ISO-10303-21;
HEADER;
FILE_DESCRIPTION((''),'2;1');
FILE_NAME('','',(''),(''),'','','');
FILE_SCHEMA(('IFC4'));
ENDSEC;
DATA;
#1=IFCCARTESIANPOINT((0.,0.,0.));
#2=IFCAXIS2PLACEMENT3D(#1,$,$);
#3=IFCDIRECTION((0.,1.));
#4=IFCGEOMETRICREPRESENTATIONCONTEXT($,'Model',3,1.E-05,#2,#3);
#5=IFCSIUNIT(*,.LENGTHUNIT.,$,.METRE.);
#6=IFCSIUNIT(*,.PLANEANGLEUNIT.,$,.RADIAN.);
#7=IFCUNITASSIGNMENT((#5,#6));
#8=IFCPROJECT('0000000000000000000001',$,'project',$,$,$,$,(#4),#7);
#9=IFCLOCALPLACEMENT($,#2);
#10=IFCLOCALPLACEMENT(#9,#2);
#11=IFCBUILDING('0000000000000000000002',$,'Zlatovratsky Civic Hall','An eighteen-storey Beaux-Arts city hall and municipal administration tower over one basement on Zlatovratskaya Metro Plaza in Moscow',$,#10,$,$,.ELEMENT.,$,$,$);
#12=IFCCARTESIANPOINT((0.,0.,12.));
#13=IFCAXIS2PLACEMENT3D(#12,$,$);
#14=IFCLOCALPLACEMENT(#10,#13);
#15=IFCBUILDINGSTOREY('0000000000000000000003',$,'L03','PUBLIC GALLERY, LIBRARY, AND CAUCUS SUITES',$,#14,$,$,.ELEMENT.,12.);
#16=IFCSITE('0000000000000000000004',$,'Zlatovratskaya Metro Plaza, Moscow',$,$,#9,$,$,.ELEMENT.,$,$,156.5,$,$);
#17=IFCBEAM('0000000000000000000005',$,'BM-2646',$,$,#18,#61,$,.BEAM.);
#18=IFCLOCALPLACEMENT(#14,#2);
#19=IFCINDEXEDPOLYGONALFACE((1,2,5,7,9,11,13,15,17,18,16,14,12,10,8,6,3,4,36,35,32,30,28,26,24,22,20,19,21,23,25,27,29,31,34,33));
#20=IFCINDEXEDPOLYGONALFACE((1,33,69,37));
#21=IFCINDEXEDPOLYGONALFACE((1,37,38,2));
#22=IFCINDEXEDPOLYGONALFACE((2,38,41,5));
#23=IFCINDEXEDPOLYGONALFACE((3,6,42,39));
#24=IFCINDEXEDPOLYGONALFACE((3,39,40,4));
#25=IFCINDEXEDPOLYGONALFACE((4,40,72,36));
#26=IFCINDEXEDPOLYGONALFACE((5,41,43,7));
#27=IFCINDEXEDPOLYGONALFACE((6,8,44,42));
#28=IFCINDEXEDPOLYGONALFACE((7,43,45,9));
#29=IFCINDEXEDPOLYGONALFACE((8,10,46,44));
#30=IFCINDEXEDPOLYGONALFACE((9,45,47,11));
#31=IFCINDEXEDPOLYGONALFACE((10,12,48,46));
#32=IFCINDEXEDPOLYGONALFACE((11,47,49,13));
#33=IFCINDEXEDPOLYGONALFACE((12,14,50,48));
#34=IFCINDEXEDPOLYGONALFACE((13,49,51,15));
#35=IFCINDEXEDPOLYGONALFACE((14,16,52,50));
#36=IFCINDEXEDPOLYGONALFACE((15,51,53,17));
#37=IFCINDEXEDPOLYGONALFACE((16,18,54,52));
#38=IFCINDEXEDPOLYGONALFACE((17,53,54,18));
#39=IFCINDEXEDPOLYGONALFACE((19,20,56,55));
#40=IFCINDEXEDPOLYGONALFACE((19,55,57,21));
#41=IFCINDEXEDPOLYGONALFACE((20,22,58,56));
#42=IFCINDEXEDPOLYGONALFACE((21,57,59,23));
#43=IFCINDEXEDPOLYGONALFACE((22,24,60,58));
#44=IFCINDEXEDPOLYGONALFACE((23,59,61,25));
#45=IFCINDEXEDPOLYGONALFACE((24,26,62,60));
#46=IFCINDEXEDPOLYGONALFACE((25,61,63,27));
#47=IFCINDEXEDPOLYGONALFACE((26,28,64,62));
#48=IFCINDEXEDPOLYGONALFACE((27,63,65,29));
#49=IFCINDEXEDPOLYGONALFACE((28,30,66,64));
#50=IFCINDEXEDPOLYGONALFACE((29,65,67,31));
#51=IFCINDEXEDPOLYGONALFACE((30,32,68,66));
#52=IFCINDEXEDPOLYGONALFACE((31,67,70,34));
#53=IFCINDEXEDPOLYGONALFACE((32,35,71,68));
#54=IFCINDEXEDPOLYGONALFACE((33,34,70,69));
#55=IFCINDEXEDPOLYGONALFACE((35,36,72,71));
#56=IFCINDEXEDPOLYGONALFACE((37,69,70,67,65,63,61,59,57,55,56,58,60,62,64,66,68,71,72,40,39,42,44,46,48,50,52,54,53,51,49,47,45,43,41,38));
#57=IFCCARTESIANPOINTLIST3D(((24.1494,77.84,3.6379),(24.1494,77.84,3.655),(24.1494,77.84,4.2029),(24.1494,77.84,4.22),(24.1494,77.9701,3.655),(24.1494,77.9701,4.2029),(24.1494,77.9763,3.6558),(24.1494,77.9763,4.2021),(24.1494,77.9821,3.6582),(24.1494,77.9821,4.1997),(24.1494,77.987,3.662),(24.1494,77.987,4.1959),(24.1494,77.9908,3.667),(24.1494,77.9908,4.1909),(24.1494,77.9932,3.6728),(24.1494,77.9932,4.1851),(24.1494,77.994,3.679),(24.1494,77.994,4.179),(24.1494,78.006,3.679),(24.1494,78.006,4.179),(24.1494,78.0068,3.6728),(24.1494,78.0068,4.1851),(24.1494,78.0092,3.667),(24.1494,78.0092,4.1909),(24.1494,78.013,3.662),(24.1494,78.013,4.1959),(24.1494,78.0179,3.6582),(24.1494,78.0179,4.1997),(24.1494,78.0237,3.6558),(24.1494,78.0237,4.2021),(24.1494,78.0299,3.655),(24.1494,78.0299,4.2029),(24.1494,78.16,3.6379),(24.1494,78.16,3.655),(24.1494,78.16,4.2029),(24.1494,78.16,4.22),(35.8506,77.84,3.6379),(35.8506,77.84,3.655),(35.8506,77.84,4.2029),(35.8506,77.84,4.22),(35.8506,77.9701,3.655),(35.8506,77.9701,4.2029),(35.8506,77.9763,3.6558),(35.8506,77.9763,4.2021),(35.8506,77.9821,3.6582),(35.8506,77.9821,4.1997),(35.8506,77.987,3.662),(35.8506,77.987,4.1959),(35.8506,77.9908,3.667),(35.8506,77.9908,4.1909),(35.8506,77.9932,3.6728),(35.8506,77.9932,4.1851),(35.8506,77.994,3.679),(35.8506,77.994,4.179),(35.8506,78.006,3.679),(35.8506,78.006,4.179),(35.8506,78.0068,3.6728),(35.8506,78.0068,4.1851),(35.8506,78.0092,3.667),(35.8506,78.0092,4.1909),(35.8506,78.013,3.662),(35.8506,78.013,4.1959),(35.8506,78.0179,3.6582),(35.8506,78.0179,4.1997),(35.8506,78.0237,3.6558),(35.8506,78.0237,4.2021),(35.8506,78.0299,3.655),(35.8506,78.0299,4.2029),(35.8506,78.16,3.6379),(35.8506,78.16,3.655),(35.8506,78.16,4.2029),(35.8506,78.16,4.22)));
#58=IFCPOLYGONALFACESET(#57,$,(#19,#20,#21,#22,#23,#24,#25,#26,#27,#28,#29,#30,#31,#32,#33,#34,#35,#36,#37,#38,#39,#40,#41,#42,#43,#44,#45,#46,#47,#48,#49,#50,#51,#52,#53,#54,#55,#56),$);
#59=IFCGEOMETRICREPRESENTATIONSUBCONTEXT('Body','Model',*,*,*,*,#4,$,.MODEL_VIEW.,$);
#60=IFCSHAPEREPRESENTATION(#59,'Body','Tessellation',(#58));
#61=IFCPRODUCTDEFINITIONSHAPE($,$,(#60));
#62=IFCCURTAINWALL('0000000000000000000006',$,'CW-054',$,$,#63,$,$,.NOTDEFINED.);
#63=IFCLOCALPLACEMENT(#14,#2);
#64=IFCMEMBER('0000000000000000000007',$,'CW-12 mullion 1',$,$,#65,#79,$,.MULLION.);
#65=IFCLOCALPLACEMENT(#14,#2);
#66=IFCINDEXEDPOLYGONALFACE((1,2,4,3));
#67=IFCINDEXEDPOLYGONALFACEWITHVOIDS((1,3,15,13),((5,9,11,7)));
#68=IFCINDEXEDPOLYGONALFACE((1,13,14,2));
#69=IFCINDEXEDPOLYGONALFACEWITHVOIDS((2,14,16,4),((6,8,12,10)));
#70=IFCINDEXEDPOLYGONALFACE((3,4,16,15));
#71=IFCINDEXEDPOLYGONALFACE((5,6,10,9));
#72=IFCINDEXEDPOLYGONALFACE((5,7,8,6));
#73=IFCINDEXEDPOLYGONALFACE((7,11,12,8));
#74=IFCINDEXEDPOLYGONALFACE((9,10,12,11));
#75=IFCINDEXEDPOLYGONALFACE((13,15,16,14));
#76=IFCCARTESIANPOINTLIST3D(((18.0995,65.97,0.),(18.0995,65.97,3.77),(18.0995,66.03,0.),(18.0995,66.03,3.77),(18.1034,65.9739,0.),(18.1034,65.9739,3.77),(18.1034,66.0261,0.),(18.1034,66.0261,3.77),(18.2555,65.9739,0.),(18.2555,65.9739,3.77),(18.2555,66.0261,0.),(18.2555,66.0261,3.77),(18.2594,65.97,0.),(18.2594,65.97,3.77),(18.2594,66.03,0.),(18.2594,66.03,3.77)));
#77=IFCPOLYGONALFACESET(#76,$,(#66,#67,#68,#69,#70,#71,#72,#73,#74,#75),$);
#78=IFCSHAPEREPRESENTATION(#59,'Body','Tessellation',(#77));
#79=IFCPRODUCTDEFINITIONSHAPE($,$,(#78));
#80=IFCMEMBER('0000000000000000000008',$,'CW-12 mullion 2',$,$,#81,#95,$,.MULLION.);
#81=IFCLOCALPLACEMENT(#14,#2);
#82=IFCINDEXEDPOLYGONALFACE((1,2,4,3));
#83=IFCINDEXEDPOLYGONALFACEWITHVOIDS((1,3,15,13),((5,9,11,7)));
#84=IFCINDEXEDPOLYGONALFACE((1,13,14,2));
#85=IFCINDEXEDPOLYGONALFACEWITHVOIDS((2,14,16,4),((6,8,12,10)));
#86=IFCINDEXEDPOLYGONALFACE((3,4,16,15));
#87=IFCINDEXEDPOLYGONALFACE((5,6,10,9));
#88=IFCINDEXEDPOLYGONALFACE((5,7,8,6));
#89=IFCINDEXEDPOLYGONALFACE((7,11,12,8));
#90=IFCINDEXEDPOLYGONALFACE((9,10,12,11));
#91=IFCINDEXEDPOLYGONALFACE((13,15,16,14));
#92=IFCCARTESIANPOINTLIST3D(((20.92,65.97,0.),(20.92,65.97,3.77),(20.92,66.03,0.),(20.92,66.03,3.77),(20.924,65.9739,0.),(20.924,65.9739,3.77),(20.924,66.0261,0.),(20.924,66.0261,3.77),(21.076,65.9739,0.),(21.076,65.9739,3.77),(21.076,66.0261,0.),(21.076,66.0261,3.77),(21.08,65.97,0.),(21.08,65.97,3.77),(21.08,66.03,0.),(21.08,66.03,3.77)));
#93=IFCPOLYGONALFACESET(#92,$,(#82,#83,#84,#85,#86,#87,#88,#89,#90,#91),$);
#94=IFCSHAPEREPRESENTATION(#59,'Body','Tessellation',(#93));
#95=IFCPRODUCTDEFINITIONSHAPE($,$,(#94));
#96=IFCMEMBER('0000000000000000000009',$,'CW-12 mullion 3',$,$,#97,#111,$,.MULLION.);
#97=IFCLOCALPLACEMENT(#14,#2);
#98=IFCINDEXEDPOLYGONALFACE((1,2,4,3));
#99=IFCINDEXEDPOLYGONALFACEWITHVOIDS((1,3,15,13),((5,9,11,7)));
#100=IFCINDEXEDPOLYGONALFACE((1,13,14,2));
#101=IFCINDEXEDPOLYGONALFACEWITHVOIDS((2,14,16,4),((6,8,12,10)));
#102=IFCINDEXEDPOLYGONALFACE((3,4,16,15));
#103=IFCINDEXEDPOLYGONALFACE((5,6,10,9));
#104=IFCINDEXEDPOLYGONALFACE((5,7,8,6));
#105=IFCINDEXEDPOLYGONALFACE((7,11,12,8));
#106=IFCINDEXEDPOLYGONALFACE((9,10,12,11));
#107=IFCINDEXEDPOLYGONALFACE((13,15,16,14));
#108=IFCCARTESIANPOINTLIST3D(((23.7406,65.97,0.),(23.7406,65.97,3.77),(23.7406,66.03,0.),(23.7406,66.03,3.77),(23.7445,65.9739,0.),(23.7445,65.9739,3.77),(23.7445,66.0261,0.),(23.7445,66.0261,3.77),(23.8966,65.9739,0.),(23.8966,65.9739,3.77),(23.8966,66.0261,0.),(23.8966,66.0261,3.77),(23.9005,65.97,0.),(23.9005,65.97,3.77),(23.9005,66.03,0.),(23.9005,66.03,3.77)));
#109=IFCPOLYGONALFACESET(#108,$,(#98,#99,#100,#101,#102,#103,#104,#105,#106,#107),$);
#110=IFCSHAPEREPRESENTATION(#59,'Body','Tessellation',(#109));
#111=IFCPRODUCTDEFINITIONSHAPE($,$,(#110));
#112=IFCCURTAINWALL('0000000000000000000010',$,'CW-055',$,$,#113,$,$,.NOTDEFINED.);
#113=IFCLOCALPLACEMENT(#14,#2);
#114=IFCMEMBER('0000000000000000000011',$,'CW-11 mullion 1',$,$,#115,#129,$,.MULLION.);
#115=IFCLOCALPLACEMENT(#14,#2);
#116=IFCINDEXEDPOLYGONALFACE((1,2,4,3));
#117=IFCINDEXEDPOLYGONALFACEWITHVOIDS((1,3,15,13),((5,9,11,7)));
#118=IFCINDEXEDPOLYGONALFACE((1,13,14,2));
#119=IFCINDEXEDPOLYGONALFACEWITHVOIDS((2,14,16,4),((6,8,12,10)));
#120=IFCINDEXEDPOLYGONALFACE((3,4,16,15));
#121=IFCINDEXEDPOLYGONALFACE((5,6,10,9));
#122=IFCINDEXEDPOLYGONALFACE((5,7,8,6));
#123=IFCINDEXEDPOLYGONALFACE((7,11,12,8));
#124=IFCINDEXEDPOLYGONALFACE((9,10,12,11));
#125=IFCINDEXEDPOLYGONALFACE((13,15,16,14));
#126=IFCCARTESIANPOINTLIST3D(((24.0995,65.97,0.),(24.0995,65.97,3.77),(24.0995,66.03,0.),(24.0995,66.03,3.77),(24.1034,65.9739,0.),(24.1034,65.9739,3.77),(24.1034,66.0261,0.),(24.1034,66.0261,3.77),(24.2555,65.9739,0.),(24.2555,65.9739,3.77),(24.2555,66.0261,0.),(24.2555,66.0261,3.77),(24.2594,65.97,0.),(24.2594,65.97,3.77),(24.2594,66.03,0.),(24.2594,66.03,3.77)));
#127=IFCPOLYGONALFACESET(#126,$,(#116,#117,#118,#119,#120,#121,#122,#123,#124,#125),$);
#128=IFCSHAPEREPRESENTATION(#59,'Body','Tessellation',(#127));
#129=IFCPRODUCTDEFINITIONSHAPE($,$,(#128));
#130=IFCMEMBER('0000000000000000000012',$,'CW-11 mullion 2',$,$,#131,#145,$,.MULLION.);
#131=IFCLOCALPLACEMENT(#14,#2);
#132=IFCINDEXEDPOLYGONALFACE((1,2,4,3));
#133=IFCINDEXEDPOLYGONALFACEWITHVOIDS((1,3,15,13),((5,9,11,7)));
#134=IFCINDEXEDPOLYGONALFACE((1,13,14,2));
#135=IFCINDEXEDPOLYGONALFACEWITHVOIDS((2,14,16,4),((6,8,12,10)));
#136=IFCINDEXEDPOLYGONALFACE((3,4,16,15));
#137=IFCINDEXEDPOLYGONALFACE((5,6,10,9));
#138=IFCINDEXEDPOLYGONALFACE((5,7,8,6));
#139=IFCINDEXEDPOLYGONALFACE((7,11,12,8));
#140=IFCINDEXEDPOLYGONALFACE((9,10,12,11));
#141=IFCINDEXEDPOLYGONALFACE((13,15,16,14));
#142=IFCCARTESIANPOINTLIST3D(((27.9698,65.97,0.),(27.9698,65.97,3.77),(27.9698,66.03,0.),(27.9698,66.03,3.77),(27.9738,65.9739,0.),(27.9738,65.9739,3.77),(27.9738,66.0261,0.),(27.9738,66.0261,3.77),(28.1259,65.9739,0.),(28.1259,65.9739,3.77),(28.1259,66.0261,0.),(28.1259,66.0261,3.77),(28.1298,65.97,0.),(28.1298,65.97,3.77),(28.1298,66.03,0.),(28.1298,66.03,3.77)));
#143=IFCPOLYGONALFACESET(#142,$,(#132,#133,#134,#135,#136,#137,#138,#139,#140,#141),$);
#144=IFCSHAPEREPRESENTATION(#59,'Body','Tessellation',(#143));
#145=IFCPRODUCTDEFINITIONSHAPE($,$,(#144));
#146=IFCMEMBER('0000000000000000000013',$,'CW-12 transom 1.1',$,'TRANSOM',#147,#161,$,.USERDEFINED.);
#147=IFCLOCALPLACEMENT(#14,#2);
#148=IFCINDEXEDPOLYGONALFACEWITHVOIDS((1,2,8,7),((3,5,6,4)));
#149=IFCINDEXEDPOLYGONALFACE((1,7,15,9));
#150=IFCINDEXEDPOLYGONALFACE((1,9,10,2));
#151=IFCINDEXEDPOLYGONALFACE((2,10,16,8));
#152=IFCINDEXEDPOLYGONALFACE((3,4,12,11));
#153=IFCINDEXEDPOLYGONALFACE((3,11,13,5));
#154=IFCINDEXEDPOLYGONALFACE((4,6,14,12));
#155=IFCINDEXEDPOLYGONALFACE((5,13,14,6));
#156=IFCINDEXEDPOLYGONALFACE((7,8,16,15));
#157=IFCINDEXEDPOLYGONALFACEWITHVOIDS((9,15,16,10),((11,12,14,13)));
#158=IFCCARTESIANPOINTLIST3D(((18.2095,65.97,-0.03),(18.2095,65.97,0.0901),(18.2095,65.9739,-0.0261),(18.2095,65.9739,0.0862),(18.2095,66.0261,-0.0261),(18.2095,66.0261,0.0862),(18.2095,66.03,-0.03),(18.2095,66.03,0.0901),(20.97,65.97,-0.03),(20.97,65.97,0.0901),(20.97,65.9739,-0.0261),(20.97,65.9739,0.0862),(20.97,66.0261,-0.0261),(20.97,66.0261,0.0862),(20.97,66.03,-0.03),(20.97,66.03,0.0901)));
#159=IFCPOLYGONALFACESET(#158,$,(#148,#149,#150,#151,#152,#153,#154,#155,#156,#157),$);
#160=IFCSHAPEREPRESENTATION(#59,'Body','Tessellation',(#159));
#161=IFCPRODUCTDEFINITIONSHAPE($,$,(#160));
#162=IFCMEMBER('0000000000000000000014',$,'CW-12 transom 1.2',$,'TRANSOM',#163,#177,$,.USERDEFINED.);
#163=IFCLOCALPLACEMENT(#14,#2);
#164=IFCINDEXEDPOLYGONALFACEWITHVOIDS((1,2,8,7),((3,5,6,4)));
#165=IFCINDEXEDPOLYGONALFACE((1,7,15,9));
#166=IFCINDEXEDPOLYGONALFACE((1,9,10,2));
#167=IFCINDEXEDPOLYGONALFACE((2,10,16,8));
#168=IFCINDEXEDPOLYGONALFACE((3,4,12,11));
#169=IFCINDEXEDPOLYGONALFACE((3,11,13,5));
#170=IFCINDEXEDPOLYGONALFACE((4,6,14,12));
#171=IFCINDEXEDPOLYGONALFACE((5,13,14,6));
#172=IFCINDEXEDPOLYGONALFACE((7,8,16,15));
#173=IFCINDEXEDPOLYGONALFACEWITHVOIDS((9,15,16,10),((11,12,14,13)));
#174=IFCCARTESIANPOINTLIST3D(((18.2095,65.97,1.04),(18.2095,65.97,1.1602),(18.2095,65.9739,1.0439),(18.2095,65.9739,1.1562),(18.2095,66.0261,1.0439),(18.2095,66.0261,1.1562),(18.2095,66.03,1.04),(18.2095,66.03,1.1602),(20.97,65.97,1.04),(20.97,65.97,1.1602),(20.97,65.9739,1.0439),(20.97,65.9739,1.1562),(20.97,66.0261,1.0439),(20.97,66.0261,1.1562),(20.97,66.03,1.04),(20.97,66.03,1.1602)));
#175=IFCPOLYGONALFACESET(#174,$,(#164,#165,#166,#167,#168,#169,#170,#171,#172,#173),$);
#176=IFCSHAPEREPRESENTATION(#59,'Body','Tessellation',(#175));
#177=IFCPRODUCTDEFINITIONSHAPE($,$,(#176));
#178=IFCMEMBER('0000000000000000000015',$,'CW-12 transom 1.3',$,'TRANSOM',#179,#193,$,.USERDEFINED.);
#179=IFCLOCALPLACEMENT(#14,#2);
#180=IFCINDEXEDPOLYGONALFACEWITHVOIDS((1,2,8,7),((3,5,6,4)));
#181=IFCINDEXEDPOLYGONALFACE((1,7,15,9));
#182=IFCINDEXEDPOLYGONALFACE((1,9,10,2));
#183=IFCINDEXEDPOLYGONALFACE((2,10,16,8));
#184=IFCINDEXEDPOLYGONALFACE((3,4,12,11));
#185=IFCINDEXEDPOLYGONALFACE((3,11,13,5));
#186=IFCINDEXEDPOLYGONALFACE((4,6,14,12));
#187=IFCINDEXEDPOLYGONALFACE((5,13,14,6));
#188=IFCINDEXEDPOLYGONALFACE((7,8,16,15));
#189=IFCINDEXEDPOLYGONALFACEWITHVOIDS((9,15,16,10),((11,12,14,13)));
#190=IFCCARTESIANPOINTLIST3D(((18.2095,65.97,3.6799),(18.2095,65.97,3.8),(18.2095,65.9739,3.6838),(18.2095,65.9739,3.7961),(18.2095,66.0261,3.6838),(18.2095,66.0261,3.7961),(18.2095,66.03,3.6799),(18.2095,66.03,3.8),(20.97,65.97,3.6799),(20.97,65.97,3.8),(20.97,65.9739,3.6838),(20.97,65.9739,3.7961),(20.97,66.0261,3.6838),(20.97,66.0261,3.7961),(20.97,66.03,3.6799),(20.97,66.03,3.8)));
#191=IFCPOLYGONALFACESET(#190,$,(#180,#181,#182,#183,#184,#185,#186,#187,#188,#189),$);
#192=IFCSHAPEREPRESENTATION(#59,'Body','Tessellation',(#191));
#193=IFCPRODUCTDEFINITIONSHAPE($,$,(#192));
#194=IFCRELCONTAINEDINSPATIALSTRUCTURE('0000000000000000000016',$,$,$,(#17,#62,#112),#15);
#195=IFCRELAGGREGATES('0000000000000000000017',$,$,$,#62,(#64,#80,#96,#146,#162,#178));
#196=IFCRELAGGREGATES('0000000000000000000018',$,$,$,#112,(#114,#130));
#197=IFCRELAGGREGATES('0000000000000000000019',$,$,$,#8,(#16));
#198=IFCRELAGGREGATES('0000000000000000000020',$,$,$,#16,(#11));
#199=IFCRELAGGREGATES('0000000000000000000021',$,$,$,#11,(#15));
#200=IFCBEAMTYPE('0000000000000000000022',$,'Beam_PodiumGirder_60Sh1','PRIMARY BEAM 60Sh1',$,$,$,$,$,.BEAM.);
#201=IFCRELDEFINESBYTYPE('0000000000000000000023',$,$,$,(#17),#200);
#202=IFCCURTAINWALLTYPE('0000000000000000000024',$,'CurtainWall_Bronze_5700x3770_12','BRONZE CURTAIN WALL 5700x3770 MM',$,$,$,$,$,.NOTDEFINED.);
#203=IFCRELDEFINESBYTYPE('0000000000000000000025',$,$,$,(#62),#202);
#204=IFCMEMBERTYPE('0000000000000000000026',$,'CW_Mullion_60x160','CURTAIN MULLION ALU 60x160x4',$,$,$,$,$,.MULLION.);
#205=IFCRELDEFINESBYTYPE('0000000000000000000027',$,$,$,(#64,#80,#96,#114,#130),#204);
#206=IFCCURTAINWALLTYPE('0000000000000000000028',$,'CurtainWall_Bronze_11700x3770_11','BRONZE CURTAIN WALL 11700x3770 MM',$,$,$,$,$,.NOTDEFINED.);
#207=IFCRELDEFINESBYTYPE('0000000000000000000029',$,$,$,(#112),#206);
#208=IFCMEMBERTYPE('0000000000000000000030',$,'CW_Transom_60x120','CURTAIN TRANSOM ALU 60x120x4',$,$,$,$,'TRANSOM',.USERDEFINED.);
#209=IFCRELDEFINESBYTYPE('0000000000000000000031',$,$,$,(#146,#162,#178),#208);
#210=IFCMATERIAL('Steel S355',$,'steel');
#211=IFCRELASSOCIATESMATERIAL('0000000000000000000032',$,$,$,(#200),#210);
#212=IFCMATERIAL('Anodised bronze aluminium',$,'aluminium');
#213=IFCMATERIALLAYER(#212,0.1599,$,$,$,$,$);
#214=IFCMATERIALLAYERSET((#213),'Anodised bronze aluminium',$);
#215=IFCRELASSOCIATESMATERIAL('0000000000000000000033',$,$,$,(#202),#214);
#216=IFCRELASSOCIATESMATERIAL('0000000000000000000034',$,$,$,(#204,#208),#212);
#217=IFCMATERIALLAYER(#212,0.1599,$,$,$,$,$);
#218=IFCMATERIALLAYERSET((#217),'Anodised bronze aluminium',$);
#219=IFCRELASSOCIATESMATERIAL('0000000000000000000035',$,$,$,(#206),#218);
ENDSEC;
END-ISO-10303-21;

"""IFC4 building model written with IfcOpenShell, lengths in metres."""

from ifc_helpers import new_model, si_unit, direction, frame, origin, origin_2d, place, context, subcontext, project, spatial, hollow_rectangle, i_section, extrude, material, layer, layer_set, material_profile, profile_set, type_object, element, aggregate, save


model = new_model("IFC4")

# Units and contexts
model_context = context("Model", 3, precision=1e-05, world=origin(), true_north=direction((0.0, 1.0)))
body_context = subcontext(model_context, "Body", "Model", "MODEL_VIEW")
ifc_project = project(units=[si_unit("LENGTHUNIT", "METRE"), si_unit("PLANEANGLEUNIT", "RADIAN")], contexts=[model_context])

# Site, building, storey
site_placement = place(None, origin())
site = spatial("IfcSite", under=ifc_project, at=site_placement, Name="Zlatovratskaya Metro Plaza, Moscow", CompositionType="ELEMENT", RefElevation=156.5)
building_placement = place(site_placement, origin())
building = spatial("IfcBuilding", under=site, at=building_placement, Name="Zlatovratsky Civic Hall", Description="An eighteen-storey Beaux-Arts city hall and municipal administration tower over one basement on Zlatovratskaya Metro Plaza in Moscow", CompositionType="ELEMENT")
storey_placement = place(building_placement, frame((0.0, 0.0, 12.0)))
storey = spatial("IfcBuildingStorey", under=building, at=storey_placement, Name="L03", Description="PUBLIC GALLERY, LIBRARY, AND CAUCUS SUITES", CompositionType="ELEMENT", Elevation=12.0)

# Shared definitions
ifc_material_1 = material(Name="Steel S355", Category="steel")

# Beam
ifc_material_profile_1 = material_profile(ifc_material_1, i_section(OverallWidth=0.3201, OverallDepth=0.582, WebThickness=0.012, FlangeThickness=0.0171, FilletRadius=0.0239, at=origin_2d()), Name="60Sh1")
ifc_profile_set_1 = profile_set([ifc_material_profile_1], Name="Steel S355")
beam_type_1 = type_object("IfcBeamType", Name="Beam_PodiumGirder_60Sh1", Description="PRIMARY BEAM 60Sh1", PredefinedType="BEAM", material=ifc_profile_set_1)
for number, where, z_axis, x_axis, name in (
    (1, (24.1494, 78.0, 3.929), (1.0, 0.0, 0.0), (0.0, 1.0, 0.0), "BM-2646"),
):
    element("IfcBeam", number, at=place(storey_placement, frame(where, z_axis=z_axis, x_axis=x_axis)), inside=storey, type_object=beam_type_1, Name=name, PredefinedType="BEAM", context=body_context, shape_type="SweptSolid", body=[
        extrude(i_section(OverallWidth=0.3201, OverallDepth=0.582, WebThickness=0.012, FlangeThickness=0.0171, FilletRadius=0.0239, at=origin_2d()), origin(), (0.0, 0.0, 1.0), 11.7012),
    ])

# Curtain walls, members
ifc_material_2 = material(Name="Anodised bronze aluminium", Category="aluminium")
ifc_layer_1 = layer(ifc_material_2, 0.1599)
ifc_layer_set_1 = layer_set([ifc_layer_1], Name="Anodised bronze aluminium")
curtain_wall_type_1 = type_object("IfcCurtainWallType", Name="CurtainWall_Bronze_5700x3770_12", Description="BRONZE CURTAIN WALL 5700x3770 MM", PredefinedType="NOTDEFINED", material=ifc_layer_set_1)
curtain_wall_1_placement = place(storey_placement, origin())
curtain_wall_1 = element("IfcCurtainWall", 2, at=curtain_wall_1_placement, inside=storey, type_object=curtain_wall_type_1, Name="CW-054", PredefinedType="NOTDEFINED")
ifc_material_profile_2 = material_profile(ifc_material_2, hollow_rectangle(XDim=0.0601, YDim=0.1599, WallThickness=0.0039, at=origin_2d()), Name="ALU 60x160x4")
ifc_profile_set_2 = profile_set([ifc_material_profile_2], Name="Anodised bronze aluminium")
member_type_1 = type_object("IfcMemberType", Name="CW_Mullion_60x160", Description="CURTAIN MULLION ALU 60x160x4", PredefinedType="MULLION", material=ifc_profile_set_2)
member_1_placement = place(storey_placement, frame((18.1794, 66.0, 0.0), z_axis=(0.0, 0.0, 1.0), x_axis=(0.0, 1.0, 0.0)))
member_1 = element("IfcMember", 3, at=member_1_placement, type_object=member_type_1, Name="CW-12 mullion 1", PredefinedType="MULLION", context=body_context, shape_type="SweptSolid", body=[
    extrude(hollow_rectangle(XDim=0.0601, YDim=0.1599, WallThickness=0.0039, at=origin_2d()), origin(), (0.0, 0.0, 1.0), 3.77),
])
member_2_placement = place(storey_placement, frame((21.0, 66.0, 0.0), z_axis=(0.0, 0.0, 1.0), x_axis=(0.0, 1.0, 0.0)))
member_2 = element("IfcMember", 4, at=member_2_placement, type_object=member_type_1, Name="CW-12 mullion 2", PredefinedType="MULLION", context=body_context, shape_type="SweptSolid", body=[
    extrude(hollow_rectangle(XDim=0.0601, YDim=0.1599, WallThickness=0.0039, at=origin_2d()), origin(), (0.0, 0.0, 1.0), 3.77),
])
member_3_placement = place(storey_placement, frame((23.8206, 66.0, 0.0), z_axis=(0.0, 0.0, 1.0), x_axis=(0.0, 1.0, 0.0)))
member_3 = element("IfcMember", 5, at=member_3_placement, type_object=member_type_1, Name="CW-12 mullion 3", PredefinedType="MULLION", context=body_context, shape_type="SweptSolid", body=[
    extrude(hollow_rectangle(XDim=0.0601, YDim=0.1599, WallThickness=0.0039, at=origin_2d()), origin(), (0.0, 0.0, 1.0), 3.77),
])
ifc_layer_2 = layer(ifc_material_2, 0.1599)
ifc_layer_set_2 = layer_set([ifc_layer_2], Name="Anodised bronze aluminium")
curtain_wall_type_2 = type_object("IfcCurtainWallType", Name="CurtainWall_Bronze_11700x3770_11", Description="BRONZE CURTAIN WALL 11700x3770 MM", PredefinedType="NOTDEFINED", material=ifc_layer_set_2)
curtain_wall_2_placement = place(storey_placement, origin())
curtain_wall_2 = element("IfcCurtainWall", 6, at=curtain_wall_2_placement, inside=storey, type_object=curtain_wall_type_2, Name="CW-055", PredefinedType="NOTDEFINED")
member_4_placement = place(storey_placement, frame((24.1794, 66.0, 0.0), z_axis=(0.0, 0.0, 1.0), x_axis=(0.0, 1.0, 0.0)))
member_4 = element("IfcMember", 7, at=member_4_placement, type_object=member_type_1, Name="CW-11 mullion 1", PredefinedType="MULLION", context=body_context, shape_type="SweptSolid", body=[
    extrude(hollow_rectangle(XDim=0.0601, YDim=0.1599, WallThickness=0.0039, at=origin_2d()), origin(), (0.0, 0.0, 1.0), 3.77),
])
member_5_placement = place(storey_placement, frame((28.0498, 66.0, 0.0), z_axis=(0.0, 0.0, 1.0), x_axis=(0.0, 1.0, 0.0)))
member_5 = element("IfcMember", 8, at=member_5_placement, type_object=member_type_1, Name="CW-11 mullion 2", PredefinedType="MULLION", context=body_context, shape_type="SweptSolid", body=[
    extrude(hollow_rectangle(XDim=0.0601, YDim=0.1599, WallThickness=0.0039, at=origin_2d()), origin(), (0.0, 0.0, 1.0), 3.77),
])

# Members
ifc_material_profile_3 = material_profile(ifc_material_2, hollow_rectangle(XDim=0.0601, YDim=0.1201, WallThickness=0.0039, at=origin_2d()), Name="ALU 60x120x4")
ifc_profile_set_3 = profile_set([ifc_material_profile_3], Name="Anodised bronze aluminium")
member_type_2 = type_object("IfcMemberType", Name="CW_Transom_60x120", Description="CURTAIN TRANSOM ALU 60x120x4", ElementType="TRANSOM", PredefinedType="USERDEFINED", material=ifc_profile_set_3)
member_6_placement = place(storey_placement, frame((18.2095, 66.0, 0.03), z_axis=(1.0, 0.0, 0.0), x_axis=(0.0, 1.0, 0.0)))
member_6 = element("IfcMember", 9, at=member_6_placement, type_object=member_type_2, Name="CW-12 transom 1.1", ObjectType="TRANSOM", PredefinedType="USERDEFINED", context=body_context, shape_type="SweptSolid", body=[
    extrude(hollow_rectangle(XDim=0.0601, YDim=0.1201, WallThickness=0.0039, at=origin_2d()), origin(), (0.0, 0.0, 1.0), 2.7605),
])
member_7_placement = place(storey_placement, frame((18.2095, 66.0, 1.1001), z_axis=(1.0, 0.0, 0.0), x_axis=(0.0, 1.0, 0.0)))
member_7 = element("IfcMember", 10, at=member_7_placement, type_object=member_type_2, Name="CW-12 transom 1.2", ObjectType="TRANSOM", PredefinedType="USERDEFINED", context=body_context, shape_type="SweptSolid", body=[
    extrude(hollow_rectangle(XDim=0.0601, YDim=0.1201, WallThickness=0.0039, at=origin_2d()), origin(), (0.0, 0.0, 1.0), 2.7605),
])
member_8_placement = place(storey_placement, frame((18.2095, 66.0, 3.74), z_axis=(1.0, 0.0, 0.0), x_axis=(0.0, 1.0, 0.0)))
member_8 = element("IfcMember", 11, at=member_8_placement, type_object=member_type_2, Name="CW-12 transom 1.3", ObjectType="TRANSOM", PredefinedType="USERDEFINED", context=body_context, shape_type="SweptSolid", body=[
    extrude(hollow_rectangle(XDim=0.0601, YDim=0.1201, WallThickness=0.0039, at=origin_2d()), origin(), (0.0, 0.0, 1.0), 2.7605),
])

aggregate(curtain_wall_1, [member_1, member_2, member_3, member_6, member_7, member_8])
aggregate(curtain_wall_2, [member_4, member_5])

save(model, "model.ifc")
